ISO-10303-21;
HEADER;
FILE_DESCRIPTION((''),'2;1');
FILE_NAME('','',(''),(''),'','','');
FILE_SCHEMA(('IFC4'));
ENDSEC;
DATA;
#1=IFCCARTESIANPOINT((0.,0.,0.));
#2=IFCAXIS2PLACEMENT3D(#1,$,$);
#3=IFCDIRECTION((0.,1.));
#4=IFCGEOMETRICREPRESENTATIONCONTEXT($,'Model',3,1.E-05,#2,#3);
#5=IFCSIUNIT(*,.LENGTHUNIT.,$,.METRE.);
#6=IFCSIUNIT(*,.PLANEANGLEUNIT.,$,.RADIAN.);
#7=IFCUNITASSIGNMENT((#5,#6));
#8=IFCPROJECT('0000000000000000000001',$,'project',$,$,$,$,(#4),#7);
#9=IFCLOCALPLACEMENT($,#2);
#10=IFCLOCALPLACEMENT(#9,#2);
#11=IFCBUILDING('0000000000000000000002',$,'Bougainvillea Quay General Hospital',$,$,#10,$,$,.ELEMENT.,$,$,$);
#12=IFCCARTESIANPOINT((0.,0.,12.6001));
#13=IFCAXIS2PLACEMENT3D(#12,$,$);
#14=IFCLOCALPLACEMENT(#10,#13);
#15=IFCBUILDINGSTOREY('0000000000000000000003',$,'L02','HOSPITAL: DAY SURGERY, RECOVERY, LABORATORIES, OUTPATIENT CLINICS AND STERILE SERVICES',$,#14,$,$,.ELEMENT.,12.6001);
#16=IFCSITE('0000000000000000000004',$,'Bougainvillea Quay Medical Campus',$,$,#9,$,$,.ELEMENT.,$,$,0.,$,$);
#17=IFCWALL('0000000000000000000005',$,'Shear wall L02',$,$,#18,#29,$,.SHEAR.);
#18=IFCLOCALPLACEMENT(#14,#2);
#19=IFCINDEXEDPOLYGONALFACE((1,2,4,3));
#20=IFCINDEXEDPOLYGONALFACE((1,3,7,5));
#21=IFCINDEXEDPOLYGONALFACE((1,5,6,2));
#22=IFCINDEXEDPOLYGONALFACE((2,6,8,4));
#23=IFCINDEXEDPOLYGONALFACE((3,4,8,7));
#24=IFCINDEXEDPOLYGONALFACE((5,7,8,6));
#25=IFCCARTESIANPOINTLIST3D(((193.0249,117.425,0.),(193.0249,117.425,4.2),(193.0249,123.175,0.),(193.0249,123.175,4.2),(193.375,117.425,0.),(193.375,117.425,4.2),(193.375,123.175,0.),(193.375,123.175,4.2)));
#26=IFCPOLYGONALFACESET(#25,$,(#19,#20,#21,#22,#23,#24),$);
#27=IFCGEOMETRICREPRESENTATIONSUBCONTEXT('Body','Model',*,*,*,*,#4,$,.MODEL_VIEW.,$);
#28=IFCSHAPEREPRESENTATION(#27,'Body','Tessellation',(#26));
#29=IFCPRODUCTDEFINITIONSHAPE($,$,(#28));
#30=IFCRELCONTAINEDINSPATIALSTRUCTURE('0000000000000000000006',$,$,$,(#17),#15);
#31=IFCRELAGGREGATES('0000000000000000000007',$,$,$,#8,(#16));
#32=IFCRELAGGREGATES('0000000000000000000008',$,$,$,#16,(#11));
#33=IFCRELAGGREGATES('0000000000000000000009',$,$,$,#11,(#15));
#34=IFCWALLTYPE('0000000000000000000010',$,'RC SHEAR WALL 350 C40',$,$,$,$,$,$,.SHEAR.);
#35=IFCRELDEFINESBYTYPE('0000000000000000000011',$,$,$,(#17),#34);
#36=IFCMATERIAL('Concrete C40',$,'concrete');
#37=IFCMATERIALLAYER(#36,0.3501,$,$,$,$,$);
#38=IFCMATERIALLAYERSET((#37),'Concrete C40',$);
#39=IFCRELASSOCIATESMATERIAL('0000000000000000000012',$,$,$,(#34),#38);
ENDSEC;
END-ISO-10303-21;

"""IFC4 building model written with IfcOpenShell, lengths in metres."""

from ifc_helpers import new_model, si_unit, direction, frame, frame_2d, origin, place, context, subcontext, project, spatial, rectangle, extrude, material, layer, layer_set, type_object, element, save


model = new_model("IFC4")

# Units and contexts
model_context = context("Model", 3, precision=1e-05, world=origin(), true_north=direction((0.0, 1.0)))
body_context = subcontext(model_context, "Body", "Model", "MODEL_VIEW")
ifc_project = project(units=[si_unit("LENGTHUNIT", "METRE"), si_unit("PLANEANGLEUNIT", "RADIAN")], contexts=[model_context])

# Site, building, storey
site_placement = place(None, origin())
site = spatial("IfcSite", under=ifc_project, at=site_placement, Name="Bougainvillea Quay Medical Campus", CompositionType="ELEMENT", RefElevation=0.0)
building_placement = place(site_placement, origin())
building = spatial("IfcBuilding", under=site, at=building_placement, Name="Bougainvillea Quay General Hospital", CompositionType="ELEMENT")
storey_placement = place(building_placement, frame((0.0, 0.0, 12.6001)))
storey = spatial("IfcBuildingStorey", under=building, at=storey_placement, Name="L02", Description="HOSPITAL: DAY SURGERY, RECOVERY, LABORATORIES, OUTPATIENT CLINICS AND STERILE SERVICES", CompositionType="ELEMENT", Elevation=12.6001)

# Shared definitions
ifc_material_1 = material(Name="Concrete C40", Category="concrete")

# Wall
ifc_layer_1 = layer(ifc_material_1, 0.3501)
ifc_layer_set_1 = layer_set([ifc_layer_1], Name="Concrete C40")
wall_type_1 = type_object("IfcWallType", Name="RC SHEAR WALL 350 C40", PredefinedType="SHEAR", material=ifc_layer_set_1)
wall_1_placement = place(storey_placement, frame((193.2, 117.425, 0.0), z_axis=(0.0, 0.0, 1.0), x_axis=(0.0, 1.0, 0.0)))
element("IfcWall", 1, at=wall_1_placement, inside=storey, type_object=wall_type_1, Name="Shear wall L02", PredefinedType="SHEAR", context=body_context, shape_type="SweptSolid", body=[
    extrude(rectangle(XDim=5.75, YDim=0.3501, at=frame_2d((2.875, 0.0))), origin(), (0.0, 0.0, 1.0), 4.2),
])

save(model, "model.ifc")
